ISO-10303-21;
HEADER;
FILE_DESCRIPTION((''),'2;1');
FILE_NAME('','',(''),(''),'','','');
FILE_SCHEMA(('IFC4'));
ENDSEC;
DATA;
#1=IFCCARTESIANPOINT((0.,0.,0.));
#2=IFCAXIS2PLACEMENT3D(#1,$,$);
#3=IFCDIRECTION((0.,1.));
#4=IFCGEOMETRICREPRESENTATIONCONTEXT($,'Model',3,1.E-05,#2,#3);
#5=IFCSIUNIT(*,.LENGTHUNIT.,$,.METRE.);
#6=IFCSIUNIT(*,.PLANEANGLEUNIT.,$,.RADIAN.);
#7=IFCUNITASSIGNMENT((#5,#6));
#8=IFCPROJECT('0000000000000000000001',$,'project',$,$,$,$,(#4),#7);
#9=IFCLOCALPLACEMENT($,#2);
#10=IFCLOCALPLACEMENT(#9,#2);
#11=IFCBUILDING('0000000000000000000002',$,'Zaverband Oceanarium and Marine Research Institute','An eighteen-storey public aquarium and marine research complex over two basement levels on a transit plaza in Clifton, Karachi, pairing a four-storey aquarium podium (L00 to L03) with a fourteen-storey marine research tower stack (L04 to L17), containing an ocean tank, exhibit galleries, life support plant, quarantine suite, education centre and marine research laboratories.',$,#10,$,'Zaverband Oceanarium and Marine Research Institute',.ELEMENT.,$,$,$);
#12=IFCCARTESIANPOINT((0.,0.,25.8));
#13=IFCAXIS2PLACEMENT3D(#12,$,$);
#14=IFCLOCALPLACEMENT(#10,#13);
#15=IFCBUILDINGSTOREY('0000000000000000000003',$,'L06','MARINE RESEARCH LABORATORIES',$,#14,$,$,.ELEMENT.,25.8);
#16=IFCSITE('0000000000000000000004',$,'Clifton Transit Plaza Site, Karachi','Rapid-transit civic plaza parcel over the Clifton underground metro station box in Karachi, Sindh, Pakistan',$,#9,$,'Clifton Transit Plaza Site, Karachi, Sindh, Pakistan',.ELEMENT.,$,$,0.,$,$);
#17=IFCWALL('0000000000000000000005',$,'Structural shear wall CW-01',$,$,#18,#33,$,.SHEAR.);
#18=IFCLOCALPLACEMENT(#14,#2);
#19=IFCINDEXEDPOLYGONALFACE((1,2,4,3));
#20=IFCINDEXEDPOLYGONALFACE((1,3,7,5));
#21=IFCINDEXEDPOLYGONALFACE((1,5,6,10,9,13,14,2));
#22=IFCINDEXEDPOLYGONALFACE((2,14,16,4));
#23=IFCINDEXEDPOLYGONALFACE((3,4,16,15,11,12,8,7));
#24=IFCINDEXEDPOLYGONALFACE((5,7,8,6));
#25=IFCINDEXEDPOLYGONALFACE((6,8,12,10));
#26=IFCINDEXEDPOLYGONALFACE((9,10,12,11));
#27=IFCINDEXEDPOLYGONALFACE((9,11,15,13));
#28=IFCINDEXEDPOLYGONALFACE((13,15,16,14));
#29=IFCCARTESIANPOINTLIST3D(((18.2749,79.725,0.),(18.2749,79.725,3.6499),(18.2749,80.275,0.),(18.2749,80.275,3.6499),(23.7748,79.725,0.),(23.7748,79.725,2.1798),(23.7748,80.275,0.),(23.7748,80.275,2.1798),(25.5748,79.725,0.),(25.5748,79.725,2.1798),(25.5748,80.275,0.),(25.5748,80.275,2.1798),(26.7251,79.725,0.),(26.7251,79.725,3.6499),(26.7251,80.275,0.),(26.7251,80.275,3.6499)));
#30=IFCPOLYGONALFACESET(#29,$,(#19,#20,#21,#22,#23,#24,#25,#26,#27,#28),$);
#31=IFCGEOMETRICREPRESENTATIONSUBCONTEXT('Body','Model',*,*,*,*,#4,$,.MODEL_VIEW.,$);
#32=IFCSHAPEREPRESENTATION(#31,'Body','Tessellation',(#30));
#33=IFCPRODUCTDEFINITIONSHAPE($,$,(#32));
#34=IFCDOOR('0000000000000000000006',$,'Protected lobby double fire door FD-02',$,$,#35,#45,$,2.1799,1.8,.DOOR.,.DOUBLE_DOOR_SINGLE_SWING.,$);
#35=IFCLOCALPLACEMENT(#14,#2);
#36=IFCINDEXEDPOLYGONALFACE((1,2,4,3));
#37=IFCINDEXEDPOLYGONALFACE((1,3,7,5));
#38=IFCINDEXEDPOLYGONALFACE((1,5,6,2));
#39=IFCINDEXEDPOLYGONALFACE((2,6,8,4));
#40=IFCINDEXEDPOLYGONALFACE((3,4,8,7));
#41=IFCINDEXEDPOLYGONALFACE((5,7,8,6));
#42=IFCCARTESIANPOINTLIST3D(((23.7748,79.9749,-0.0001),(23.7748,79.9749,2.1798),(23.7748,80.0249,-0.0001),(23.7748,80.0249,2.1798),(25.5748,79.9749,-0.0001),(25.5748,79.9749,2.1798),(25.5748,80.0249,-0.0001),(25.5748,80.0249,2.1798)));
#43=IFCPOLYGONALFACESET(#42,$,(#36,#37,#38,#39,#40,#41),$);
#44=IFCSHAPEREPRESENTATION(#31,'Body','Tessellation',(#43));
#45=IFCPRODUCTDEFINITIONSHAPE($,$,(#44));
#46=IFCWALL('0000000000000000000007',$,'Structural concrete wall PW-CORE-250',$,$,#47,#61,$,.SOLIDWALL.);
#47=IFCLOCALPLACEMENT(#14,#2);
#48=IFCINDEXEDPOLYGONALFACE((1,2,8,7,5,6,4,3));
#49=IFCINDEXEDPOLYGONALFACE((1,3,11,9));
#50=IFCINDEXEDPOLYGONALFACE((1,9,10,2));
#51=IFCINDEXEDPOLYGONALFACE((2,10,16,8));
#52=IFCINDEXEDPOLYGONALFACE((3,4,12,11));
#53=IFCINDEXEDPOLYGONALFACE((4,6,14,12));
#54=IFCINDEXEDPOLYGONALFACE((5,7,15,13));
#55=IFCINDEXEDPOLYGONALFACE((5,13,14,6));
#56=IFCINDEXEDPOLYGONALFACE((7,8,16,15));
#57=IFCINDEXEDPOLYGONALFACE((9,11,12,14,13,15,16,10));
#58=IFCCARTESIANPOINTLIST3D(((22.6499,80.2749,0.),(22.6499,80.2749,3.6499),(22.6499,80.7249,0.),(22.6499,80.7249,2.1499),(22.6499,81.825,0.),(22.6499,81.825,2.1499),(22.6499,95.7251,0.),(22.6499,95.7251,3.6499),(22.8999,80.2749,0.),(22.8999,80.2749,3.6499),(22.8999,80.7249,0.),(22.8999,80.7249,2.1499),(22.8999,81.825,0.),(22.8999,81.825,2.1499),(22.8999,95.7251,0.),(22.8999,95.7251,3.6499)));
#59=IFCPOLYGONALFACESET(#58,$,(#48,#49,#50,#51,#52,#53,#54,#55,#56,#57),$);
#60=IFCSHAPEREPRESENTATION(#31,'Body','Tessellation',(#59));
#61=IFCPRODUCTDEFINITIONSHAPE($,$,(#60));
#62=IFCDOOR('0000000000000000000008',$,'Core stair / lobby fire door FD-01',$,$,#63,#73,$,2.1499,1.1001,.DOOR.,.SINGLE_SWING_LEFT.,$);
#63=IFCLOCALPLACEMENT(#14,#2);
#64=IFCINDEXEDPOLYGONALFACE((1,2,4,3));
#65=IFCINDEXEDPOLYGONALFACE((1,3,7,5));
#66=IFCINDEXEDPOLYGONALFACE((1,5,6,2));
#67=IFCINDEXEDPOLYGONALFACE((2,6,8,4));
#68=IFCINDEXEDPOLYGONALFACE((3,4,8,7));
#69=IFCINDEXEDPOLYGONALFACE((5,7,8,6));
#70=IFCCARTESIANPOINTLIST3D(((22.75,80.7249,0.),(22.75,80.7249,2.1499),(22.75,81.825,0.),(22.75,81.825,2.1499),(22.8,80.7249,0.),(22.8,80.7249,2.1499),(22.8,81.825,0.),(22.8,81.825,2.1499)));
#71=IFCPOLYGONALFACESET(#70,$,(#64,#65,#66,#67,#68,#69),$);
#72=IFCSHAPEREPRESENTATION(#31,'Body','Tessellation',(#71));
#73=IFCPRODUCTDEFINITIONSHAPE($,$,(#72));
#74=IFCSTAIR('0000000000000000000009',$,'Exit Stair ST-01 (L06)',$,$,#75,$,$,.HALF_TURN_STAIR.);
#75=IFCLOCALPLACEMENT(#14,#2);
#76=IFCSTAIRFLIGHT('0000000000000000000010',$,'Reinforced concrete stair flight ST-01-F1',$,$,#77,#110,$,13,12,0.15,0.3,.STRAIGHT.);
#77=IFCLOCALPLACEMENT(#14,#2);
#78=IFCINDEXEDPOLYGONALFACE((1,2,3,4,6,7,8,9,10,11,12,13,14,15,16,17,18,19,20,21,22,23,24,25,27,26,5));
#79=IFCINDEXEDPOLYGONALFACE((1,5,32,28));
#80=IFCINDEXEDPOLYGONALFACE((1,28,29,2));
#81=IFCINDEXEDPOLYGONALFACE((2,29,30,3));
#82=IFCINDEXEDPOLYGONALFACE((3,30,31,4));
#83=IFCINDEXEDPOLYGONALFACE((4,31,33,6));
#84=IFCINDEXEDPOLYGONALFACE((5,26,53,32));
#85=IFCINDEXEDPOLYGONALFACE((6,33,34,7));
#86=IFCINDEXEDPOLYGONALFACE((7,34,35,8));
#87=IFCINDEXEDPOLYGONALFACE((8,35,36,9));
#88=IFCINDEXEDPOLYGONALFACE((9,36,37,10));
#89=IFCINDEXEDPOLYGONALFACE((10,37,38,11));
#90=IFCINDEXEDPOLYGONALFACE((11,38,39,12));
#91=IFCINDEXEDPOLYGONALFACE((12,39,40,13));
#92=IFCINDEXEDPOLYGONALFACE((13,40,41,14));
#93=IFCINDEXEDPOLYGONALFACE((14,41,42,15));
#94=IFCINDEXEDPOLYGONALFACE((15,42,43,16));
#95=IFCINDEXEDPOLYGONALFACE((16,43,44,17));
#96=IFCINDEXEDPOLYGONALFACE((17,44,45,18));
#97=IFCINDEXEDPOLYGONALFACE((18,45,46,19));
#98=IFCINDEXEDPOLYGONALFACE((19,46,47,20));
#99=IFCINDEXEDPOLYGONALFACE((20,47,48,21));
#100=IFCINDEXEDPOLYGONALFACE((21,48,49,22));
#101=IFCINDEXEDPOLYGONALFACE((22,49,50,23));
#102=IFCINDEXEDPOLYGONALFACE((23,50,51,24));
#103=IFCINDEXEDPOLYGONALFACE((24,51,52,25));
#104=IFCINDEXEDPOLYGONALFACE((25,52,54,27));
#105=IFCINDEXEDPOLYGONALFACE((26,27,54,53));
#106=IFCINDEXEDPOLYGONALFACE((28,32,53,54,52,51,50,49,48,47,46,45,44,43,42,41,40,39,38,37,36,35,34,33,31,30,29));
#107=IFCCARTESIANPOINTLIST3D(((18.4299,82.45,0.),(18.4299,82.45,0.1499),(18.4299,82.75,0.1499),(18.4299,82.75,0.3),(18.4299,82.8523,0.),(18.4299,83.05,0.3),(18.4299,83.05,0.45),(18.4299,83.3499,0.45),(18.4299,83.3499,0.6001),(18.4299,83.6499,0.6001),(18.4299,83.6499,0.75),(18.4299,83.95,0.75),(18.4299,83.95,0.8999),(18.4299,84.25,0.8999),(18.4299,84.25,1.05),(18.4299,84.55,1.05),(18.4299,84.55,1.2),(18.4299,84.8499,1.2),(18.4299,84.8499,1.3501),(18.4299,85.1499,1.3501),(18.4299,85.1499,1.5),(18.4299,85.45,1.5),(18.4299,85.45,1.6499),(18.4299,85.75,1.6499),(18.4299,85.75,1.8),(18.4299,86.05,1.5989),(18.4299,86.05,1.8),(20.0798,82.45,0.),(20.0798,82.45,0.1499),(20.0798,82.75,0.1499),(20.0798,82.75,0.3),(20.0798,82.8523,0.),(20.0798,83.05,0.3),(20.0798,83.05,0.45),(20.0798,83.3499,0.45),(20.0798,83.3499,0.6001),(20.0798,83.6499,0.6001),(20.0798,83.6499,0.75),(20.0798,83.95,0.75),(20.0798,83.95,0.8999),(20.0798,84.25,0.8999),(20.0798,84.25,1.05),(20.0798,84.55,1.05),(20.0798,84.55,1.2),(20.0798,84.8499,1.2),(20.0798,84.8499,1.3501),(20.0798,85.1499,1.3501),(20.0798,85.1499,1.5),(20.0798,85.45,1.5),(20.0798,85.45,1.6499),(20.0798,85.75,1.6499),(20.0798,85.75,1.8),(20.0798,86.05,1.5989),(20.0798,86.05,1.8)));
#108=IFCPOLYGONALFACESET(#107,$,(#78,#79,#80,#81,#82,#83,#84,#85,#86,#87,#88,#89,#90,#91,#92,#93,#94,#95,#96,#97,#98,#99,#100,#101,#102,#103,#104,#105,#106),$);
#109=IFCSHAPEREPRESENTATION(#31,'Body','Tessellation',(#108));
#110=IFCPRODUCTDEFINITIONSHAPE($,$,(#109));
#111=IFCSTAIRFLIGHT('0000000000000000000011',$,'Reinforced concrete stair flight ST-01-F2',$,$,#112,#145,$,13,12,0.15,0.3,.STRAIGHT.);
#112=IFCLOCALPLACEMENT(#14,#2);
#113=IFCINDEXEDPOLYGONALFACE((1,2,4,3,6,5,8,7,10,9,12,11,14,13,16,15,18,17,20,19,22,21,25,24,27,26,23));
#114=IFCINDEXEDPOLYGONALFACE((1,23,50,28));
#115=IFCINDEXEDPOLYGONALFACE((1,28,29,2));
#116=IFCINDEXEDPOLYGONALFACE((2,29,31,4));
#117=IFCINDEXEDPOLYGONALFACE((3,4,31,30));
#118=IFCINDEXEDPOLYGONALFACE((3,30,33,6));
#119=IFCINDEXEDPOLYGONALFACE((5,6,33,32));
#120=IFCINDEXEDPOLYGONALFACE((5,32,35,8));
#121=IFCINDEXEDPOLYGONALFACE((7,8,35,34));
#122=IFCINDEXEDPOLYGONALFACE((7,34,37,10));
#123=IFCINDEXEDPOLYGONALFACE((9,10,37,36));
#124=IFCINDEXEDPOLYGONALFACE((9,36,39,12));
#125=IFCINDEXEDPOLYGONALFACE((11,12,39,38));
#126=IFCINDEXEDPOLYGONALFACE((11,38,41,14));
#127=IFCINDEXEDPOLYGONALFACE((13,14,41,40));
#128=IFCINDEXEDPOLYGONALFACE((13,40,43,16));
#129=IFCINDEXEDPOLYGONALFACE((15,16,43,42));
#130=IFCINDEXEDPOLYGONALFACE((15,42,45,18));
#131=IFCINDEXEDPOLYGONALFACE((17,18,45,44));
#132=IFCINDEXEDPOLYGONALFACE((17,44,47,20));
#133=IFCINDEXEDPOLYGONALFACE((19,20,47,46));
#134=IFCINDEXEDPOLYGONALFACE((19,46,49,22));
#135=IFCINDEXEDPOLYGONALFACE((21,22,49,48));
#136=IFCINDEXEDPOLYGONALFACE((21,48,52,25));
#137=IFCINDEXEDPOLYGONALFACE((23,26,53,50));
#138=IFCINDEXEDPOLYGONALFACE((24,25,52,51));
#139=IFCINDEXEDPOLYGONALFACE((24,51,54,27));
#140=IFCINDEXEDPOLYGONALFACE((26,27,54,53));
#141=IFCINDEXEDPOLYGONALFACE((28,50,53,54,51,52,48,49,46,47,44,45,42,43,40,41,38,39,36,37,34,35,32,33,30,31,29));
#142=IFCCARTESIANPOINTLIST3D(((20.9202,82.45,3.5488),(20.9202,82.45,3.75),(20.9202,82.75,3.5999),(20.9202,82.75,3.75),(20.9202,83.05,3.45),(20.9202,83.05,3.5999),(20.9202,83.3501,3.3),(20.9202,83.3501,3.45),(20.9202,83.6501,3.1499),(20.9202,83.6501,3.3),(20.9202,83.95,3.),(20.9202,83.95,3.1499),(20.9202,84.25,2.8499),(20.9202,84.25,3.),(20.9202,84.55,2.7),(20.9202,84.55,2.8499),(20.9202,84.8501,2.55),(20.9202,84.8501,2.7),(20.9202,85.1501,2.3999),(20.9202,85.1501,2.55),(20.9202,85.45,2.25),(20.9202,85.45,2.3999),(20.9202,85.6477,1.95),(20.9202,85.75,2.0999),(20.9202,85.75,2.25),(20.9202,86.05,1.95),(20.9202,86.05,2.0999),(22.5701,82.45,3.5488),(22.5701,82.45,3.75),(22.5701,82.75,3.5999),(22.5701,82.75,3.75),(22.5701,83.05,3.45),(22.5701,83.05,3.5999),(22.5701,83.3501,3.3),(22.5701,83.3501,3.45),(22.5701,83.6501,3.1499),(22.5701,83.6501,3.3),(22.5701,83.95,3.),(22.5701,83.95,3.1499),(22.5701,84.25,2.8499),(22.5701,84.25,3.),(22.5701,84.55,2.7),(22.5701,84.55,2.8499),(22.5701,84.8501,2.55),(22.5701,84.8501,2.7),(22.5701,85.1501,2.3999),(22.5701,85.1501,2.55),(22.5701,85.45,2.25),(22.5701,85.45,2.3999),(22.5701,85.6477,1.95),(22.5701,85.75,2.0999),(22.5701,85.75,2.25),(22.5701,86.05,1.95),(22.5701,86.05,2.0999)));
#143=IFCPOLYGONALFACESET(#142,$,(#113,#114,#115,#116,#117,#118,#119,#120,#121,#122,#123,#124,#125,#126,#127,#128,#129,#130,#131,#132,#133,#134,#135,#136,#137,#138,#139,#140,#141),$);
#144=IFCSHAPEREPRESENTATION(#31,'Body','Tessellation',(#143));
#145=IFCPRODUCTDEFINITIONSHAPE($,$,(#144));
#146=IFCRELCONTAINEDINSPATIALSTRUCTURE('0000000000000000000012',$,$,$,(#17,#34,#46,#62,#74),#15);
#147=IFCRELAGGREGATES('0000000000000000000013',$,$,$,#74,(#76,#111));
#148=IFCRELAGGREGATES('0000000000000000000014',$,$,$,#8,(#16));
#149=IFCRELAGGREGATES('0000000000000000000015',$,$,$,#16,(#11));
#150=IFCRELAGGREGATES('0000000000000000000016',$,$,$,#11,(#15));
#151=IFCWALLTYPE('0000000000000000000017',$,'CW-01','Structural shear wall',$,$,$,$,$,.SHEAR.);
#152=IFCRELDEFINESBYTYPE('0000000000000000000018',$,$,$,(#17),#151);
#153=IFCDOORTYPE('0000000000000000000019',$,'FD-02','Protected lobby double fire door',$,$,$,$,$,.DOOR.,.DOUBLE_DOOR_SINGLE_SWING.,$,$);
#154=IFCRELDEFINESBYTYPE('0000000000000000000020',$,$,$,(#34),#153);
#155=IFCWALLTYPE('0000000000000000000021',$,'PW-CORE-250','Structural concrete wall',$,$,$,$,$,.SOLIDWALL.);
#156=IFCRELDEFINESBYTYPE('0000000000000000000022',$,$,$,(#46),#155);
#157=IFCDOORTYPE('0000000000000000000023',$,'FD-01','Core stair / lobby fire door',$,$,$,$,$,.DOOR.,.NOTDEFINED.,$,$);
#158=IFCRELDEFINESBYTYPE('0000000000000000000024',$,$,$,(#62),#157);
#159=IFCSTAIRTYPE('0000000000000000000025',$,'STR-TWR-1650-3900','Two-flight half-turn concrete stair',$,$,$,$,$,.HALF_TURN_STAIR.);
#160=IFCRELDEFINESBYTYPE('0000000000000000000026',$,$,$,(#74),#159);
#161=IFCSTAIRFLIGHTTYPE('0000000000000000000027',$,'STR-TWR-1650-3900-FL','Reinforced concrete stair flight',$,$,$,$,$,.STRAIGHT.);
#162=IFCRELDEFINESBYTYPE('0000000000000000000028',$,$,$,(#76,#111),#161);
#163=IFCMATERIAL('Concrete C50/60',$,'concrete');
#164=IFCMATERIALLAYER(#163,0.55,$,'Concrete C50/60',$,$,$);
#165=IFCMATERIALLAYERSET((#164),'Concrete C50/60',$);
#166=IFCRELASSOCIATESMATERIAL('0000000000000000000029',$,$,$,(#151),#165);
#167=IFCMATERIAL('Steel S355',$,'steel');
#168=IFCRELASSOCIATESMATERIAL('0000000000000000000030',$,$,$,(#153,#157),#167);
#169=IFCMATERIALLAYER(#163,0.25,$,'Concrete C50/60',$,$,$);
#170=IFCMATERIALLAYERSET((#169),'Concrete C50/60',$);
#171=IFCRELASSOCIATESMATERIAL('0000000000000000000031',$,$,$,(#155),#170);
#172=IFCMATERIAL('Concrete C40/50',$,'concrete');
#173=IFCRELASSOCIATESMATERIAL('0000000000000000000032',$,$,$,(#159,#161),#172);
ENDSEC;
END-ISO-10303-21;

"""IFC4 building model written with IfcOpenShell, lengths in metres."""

from ifc_helpers import new_model, si_unit, direction, frame, frame_2d, origin, place, context, subcontext, project, spatial, polyline, rectangle, outline, extrude, material, layer, layer_set, type_object, element, fill, aggregate, save


model = new_model("IFC4")

# Units and contexts
model_context = context("Model", 3, precision=1e-05, world=origin(), true_north=direction((0.0, 1.0)))
body_context = subcontext(model_context, "Body", "Model", "MODEL_VIEW")
ifc_project = project(units=[si_unit("LENGTHUNIT", "METRE"), si_unit("PLANEANGLEUNIT", "RADIAN")], contexts=[model_context])

# Site, building, storey
site_placement = place(None, origin())
site = spatial("IfcSite", under=ifc_project, at=site_placement, Name="Clifton Transit Plaza Site, Karachi", Description="Rapid-transit civic plaza parcel over the Clifton underground metro station box in Karachi, Sindh, Pakistan", LongName="Clifton Transit Plaza Site, Karachi, Sindh, Pakistan", CompositionType="ELEMENT", RefElevation=0.0)
building_placement = place(site_placement, origin())
building = spatial("IfcBuilding", under=site, at=building_placement, Name="Zaverband Oceanarium and Marine Research Institute", Description="An eighteen-storey public aquarium and marine research complex over two basement levels on a transit plaza in Clifton, Karachi, pairing a four-storey aquarium podium (L00 to L03) with a fourteen-storey marine research tower stack (L04 to L17), containing an ocean tank, exhibit galleries, life support plant, quarantine suite, education centre and marine research laboratories.", LongName="Zaverband Oceanarium and Marine Research Institute", CompositionType="ELEMENT")
storey_placement = place(building_placement, frame((0.0, 0.0, 25.8)))
storey = spatial("IfcBuildingStorey", under=building, at=storey_placement, Name="L06", Description="MARINE RESEARCH LABORATORIES", CompositionType="ELEMENT", Elevation=25.8)

# Shared definitions
ifc_material_1 = material(Name="Concrete C50/60", Category="concrete")

# Shared definitions
ifc_material_2 = material(Name="Concrete C40/50", Category="concrete")

# Wall, opening, door
ifc_layer_1 = layer(ifc_material_1, 0.55, Name="Concrete C50/60")
ifc_layer_set_1 = layer_set([ifc_layer_1], Name="Concrete C50/60")
wall_type_1 = type_object("IfcWallType", Name="CW-01", Description="Structural shear wall", PredefinedType="SHEAR", material=ifc_layer_set_1)
wall_1_placement = place(storey_placement, frame((18.2749, 80.0, 0.0), z_axis=(0.0, 0.0, 1.0), x_axis=(1.0, 0.0, 0.0)))
wall_1 = element("IfcWall", 1, at=wall_1_placement, inside=storey, type_object=wall_type_1, Name="Structural shear wall CW-01", PredefinedType="SHEAR", context=body_context, shape_type="SweptSolid", body=[
    extrude(rectangle(XDim=8.4502, YDim=0.55, at=frame_2d((4.2251, 0.0))), origin(), (0.0, 0.0, 1.0), 3.6499),
])
opening_1_placement = place(wall_1_placement, frame((5.5, 0.0, 0.0)))
opening_1 = element("IfcOpeningElement", 2, at=opening_1_placement, cuts=wall_1, PredefinedType="OPENING", context=body_context, shape_type="SweptSolid", body=[
    extrude(rectangle(XDim=1.8, YDim=2.1799, at=frame_2d((0.8999, 1.0898))), frame((0.0, 0.2871, 0.0), z_axis=(0.0, -1.0, 0.0), x_axis=(1.0, 0.0, 0.0)), (0.0, 0.0, 1.0), 0.574),
])
ifc_material_3 = material(Name="Steel S355", Category="steel")
door_type_1 = type_object("IfcDoorType", Name="FD-02", Description="Protected lobby double fire door", OperationType="DOUBLE_DOOR_SINGLE_SWING", PredefinedType="DOOR", material=ifc_material_3)
door_1_placement = place(opening_1_placement, origin())
door_1 = element("IfcDoor", 3, at=door_1_placement, inside=storey, type_object=door_type_1, Name="Protected lobby double fire door FD-02", OperationType="DOUBLE_DOOR_SINGLE_SWING", OverallHeight=2.1799, OverallWidth=1.8, PredefinedType="DOOR", context=body_context, shape_type="SweptSolid", body=[
    extrude(rectangle(XDim=1.8, YDim=2.1799, at=frame_2d((0.8999, 1.0898))), frame((0.0, 0.0249, 0.0), z_axis=(0.0, -1.0, 0.0), x_axis=(1.0, 0.0, 0.0)), (0.0, 0.0, 1.0), 0.05),
])
fill(opening_1, door_1)

# Wall, opening, door
ifc_layer_2 = layer(ifc_material_1, 0.25, Name="Concrete C50/60")
ifc_layer_set_2 = layer_set([ifc_layer_2], Name="Concrete C50/60")
wall_type_2 = type_object("IfcWallType", Name="PW-CORE-250", Description="Structural concrete wall", PredefinedType="SOLIDWALL", material=ifc_layer_set_2)
wall_2_placement = place(storey_placement, frame((22.7749, 80.2749, 0.0), z_axis=(0.0, 0.0, 1.0), x_axis=(0.0, 1.0, 0.0)))
wall_2 = element("IfcWall", 4, at=wall_2_placement, inside=storey, type_object=wall_type_2, Name="Structural concrete wall PW-CORE-250", PredefinedType="SOLIDWALL", context=body_context, shape_type="SweptSolid", body=[
    extrude(rectangle(XDim=15.4502, YDim=0.25, at=frame_2d((7.7251, 0.0))), origin(), (0.0, 0.0, 1.0), 3.6499),
])
opening_2_placement = place(wall_2_placement, frame((0.45, 0.0, 0.0)))
opening_2 = element("IfcOpeningElement", 5, at=opening_2_placement, cuts=wall_2, PredefinedType="OPENING", context=body_context, shape_type="SweptSolid", body=[
    extrude(rectangle(XDim=1.1001, YDim=2.1499, at=frame_2d((0.55, 1.075))), frame((0.0, 0.137, 0.0), z_axis=(0.0, -1.0, 0.0), x_axis=(1.0, 0.0, 0.0)), (0.0, 0.0, 1.0), 0.2739),
])
door_type_2 = type_object("IfcDoorType", Name="FD-01", Description="Core stair / lobby fire door", OperationType="NOTDEFINED", PredefinedType="DOOR", material=ifc_material_3)
door_2_placement = place(opening_2_placement, origin())
door_2 = element("IfcDoor", 6, at=door_2_placement, inside=storey, type_object=door_type_2, Name="Core stair / lobby fire door FD-01", OperationType="SINGLE_SWING_LEFT", OverallHeight=2.1499, OverallWidth=1.1001, PredefinedType="DOOR", context=body_context, shape_type="SweptSolid", body=[
    extrude(rectangle(XDim=1.1001, YDim=2.1499, at=frame_2d((0.55, 1.075))), frame((0.0, 0.0249, 0.0), z_axis=(0.0, -1.0, 0.0), x_axis=(1.0, 0.0, 0.0)), (0.0, 0.0, 1.0), 0.05),
])
fill(opening_2, door_2)

# Stair, stair flights
stair_type = type_object("IfcStairType", Name="STR-TWR-1650-3900", Description="Two-flight half-turn concrete stair", PredefinedType="HALF_TURN_STAIR", material=ifc_material_2)
stair_placement = place(storey_placement, origin())
stair = element("IfcStair", 7, at=stair_placement, inside=storey, type_object=stair_type, Name="Exit Stair ST-01 (L06)", PredefinedType="HALF_TURN_STAIR")
stair_flight_type = type_object("IfcStairFlightType", Name="STR-TWR-1650-3900-FL", Description="Reinforced concrete stair flight", PredefinedType="STRAIGHT", material=ifc_material_2)
stair_flight_1_placement = place(storey_placement, frame((19.2549, 82.45, 0.0), z_axis=(0.0, 0.0, 1.0), x_axis=(0.0, 1.0, 0.0)))
stair_flight_1 = element("IfcStairFlight", 8, at=stair_flight_1_placement, type_object=stair_flight_type, Name="Reinforced concrete stair flight ST-01-F1", NumberOfRisers=13, NumberOfTreads=12, PredefinedType="STRAIGHT", RiserHeight=0.15, TreadLength=0.3, context=body_context, shape_type="SweptSolid", body=[
    extrude(outline(polyline([(0.0, 0.0), (0.0, 0.1499), (0.3, 0.1499), (0.3, 0.3), (0.6001, 0.3), (0.6001, 0.45), (0.8999, 0.45), (0.8999, 0.6001), (1.2, 0.6001), (1.2, 0.75), (1.5, 0.75), (1.5, 0.8999), (1.8, 0.8999), (1.8, 1.05), (2.1001, 1.05), (2.1001, 1.2), (2.3999, 1.2), (2.3999, 1.3501), (2.7, 1.3501), (2.7, 1.5), (3.0, 1.5), (3.0, 1.6499), (3.3, 1.6499), (3.3, 1.8), (3.6001, 1.8), (3.6001, 1.95), (3.6001, 1.5989), (0.4023, 0.0), (0.0, 0.0)])), frame((0.0, 0.825, 0.0), z_axis=(0.0, -1.0, 0.0), x_axis=(1.0, 0.0, 0.0)), (0.0, 0.0, 1.0), 1.6499),
])
stair_flight_2_placement = place(storey_placement, frame((21.7451, 86.05, 1.95), z_axis=(0.0, 0.0, 1.0), x_axis=(0.0, -1.0, 0.0)))
stair_flight_2 = element("IfcStairFlight", 9, at=stair_flight_2_placement, type_object=stair_flight_type, Name="Reinforced concrete stair flight ST-01-F2", NumberOfRisers=13, NumberOfTreads=12, PredefinedType="STRAIGHT", RiserHeight=0.15, TreadLength=0.3, context=body_context, shape_type="SweptSolid", body=[
    extrude(outline(polyline([(0.0, 0.0), (0.0, 0.1499), (0.3, 0.1499), (0.3, 0.3), (0.6001, 0.3), (0.6001, 0.45), (0.8999, 0.45), (0.8999, 0.6001), (1.2, 0.6001), (1.2, 0.75), (1.5, 0.75), (1.5, 0.8999), (1.8, 0.8999), (1.8, 1.05), (2.1001, 1.05), (2.1001, 1.2), (2.3999, 1.2), (2.3999, 1.3501), (2.7, 1.3501), (2.7, 1.5), (3.0, 1.5), (3.0, 1.6499), (3.3, 1.6499), (3.3, 1.8), (3.6001, 1.8), (3.6001, 1.95), (3.6001, 1.5989), (0.4023, 0.0), (0.0, 0.0)])), frame((0.0, 0.825, 0.0), z_axis=(0.0, -1.0, 0.0), x_axis=(1.0, 0.0, 0.0)), (0.0, 0.0, 1.0), 1.6499),
])
aggregate(stair, [stair_flight_1, stair_flight_2])

save(model, "model.ifc")
